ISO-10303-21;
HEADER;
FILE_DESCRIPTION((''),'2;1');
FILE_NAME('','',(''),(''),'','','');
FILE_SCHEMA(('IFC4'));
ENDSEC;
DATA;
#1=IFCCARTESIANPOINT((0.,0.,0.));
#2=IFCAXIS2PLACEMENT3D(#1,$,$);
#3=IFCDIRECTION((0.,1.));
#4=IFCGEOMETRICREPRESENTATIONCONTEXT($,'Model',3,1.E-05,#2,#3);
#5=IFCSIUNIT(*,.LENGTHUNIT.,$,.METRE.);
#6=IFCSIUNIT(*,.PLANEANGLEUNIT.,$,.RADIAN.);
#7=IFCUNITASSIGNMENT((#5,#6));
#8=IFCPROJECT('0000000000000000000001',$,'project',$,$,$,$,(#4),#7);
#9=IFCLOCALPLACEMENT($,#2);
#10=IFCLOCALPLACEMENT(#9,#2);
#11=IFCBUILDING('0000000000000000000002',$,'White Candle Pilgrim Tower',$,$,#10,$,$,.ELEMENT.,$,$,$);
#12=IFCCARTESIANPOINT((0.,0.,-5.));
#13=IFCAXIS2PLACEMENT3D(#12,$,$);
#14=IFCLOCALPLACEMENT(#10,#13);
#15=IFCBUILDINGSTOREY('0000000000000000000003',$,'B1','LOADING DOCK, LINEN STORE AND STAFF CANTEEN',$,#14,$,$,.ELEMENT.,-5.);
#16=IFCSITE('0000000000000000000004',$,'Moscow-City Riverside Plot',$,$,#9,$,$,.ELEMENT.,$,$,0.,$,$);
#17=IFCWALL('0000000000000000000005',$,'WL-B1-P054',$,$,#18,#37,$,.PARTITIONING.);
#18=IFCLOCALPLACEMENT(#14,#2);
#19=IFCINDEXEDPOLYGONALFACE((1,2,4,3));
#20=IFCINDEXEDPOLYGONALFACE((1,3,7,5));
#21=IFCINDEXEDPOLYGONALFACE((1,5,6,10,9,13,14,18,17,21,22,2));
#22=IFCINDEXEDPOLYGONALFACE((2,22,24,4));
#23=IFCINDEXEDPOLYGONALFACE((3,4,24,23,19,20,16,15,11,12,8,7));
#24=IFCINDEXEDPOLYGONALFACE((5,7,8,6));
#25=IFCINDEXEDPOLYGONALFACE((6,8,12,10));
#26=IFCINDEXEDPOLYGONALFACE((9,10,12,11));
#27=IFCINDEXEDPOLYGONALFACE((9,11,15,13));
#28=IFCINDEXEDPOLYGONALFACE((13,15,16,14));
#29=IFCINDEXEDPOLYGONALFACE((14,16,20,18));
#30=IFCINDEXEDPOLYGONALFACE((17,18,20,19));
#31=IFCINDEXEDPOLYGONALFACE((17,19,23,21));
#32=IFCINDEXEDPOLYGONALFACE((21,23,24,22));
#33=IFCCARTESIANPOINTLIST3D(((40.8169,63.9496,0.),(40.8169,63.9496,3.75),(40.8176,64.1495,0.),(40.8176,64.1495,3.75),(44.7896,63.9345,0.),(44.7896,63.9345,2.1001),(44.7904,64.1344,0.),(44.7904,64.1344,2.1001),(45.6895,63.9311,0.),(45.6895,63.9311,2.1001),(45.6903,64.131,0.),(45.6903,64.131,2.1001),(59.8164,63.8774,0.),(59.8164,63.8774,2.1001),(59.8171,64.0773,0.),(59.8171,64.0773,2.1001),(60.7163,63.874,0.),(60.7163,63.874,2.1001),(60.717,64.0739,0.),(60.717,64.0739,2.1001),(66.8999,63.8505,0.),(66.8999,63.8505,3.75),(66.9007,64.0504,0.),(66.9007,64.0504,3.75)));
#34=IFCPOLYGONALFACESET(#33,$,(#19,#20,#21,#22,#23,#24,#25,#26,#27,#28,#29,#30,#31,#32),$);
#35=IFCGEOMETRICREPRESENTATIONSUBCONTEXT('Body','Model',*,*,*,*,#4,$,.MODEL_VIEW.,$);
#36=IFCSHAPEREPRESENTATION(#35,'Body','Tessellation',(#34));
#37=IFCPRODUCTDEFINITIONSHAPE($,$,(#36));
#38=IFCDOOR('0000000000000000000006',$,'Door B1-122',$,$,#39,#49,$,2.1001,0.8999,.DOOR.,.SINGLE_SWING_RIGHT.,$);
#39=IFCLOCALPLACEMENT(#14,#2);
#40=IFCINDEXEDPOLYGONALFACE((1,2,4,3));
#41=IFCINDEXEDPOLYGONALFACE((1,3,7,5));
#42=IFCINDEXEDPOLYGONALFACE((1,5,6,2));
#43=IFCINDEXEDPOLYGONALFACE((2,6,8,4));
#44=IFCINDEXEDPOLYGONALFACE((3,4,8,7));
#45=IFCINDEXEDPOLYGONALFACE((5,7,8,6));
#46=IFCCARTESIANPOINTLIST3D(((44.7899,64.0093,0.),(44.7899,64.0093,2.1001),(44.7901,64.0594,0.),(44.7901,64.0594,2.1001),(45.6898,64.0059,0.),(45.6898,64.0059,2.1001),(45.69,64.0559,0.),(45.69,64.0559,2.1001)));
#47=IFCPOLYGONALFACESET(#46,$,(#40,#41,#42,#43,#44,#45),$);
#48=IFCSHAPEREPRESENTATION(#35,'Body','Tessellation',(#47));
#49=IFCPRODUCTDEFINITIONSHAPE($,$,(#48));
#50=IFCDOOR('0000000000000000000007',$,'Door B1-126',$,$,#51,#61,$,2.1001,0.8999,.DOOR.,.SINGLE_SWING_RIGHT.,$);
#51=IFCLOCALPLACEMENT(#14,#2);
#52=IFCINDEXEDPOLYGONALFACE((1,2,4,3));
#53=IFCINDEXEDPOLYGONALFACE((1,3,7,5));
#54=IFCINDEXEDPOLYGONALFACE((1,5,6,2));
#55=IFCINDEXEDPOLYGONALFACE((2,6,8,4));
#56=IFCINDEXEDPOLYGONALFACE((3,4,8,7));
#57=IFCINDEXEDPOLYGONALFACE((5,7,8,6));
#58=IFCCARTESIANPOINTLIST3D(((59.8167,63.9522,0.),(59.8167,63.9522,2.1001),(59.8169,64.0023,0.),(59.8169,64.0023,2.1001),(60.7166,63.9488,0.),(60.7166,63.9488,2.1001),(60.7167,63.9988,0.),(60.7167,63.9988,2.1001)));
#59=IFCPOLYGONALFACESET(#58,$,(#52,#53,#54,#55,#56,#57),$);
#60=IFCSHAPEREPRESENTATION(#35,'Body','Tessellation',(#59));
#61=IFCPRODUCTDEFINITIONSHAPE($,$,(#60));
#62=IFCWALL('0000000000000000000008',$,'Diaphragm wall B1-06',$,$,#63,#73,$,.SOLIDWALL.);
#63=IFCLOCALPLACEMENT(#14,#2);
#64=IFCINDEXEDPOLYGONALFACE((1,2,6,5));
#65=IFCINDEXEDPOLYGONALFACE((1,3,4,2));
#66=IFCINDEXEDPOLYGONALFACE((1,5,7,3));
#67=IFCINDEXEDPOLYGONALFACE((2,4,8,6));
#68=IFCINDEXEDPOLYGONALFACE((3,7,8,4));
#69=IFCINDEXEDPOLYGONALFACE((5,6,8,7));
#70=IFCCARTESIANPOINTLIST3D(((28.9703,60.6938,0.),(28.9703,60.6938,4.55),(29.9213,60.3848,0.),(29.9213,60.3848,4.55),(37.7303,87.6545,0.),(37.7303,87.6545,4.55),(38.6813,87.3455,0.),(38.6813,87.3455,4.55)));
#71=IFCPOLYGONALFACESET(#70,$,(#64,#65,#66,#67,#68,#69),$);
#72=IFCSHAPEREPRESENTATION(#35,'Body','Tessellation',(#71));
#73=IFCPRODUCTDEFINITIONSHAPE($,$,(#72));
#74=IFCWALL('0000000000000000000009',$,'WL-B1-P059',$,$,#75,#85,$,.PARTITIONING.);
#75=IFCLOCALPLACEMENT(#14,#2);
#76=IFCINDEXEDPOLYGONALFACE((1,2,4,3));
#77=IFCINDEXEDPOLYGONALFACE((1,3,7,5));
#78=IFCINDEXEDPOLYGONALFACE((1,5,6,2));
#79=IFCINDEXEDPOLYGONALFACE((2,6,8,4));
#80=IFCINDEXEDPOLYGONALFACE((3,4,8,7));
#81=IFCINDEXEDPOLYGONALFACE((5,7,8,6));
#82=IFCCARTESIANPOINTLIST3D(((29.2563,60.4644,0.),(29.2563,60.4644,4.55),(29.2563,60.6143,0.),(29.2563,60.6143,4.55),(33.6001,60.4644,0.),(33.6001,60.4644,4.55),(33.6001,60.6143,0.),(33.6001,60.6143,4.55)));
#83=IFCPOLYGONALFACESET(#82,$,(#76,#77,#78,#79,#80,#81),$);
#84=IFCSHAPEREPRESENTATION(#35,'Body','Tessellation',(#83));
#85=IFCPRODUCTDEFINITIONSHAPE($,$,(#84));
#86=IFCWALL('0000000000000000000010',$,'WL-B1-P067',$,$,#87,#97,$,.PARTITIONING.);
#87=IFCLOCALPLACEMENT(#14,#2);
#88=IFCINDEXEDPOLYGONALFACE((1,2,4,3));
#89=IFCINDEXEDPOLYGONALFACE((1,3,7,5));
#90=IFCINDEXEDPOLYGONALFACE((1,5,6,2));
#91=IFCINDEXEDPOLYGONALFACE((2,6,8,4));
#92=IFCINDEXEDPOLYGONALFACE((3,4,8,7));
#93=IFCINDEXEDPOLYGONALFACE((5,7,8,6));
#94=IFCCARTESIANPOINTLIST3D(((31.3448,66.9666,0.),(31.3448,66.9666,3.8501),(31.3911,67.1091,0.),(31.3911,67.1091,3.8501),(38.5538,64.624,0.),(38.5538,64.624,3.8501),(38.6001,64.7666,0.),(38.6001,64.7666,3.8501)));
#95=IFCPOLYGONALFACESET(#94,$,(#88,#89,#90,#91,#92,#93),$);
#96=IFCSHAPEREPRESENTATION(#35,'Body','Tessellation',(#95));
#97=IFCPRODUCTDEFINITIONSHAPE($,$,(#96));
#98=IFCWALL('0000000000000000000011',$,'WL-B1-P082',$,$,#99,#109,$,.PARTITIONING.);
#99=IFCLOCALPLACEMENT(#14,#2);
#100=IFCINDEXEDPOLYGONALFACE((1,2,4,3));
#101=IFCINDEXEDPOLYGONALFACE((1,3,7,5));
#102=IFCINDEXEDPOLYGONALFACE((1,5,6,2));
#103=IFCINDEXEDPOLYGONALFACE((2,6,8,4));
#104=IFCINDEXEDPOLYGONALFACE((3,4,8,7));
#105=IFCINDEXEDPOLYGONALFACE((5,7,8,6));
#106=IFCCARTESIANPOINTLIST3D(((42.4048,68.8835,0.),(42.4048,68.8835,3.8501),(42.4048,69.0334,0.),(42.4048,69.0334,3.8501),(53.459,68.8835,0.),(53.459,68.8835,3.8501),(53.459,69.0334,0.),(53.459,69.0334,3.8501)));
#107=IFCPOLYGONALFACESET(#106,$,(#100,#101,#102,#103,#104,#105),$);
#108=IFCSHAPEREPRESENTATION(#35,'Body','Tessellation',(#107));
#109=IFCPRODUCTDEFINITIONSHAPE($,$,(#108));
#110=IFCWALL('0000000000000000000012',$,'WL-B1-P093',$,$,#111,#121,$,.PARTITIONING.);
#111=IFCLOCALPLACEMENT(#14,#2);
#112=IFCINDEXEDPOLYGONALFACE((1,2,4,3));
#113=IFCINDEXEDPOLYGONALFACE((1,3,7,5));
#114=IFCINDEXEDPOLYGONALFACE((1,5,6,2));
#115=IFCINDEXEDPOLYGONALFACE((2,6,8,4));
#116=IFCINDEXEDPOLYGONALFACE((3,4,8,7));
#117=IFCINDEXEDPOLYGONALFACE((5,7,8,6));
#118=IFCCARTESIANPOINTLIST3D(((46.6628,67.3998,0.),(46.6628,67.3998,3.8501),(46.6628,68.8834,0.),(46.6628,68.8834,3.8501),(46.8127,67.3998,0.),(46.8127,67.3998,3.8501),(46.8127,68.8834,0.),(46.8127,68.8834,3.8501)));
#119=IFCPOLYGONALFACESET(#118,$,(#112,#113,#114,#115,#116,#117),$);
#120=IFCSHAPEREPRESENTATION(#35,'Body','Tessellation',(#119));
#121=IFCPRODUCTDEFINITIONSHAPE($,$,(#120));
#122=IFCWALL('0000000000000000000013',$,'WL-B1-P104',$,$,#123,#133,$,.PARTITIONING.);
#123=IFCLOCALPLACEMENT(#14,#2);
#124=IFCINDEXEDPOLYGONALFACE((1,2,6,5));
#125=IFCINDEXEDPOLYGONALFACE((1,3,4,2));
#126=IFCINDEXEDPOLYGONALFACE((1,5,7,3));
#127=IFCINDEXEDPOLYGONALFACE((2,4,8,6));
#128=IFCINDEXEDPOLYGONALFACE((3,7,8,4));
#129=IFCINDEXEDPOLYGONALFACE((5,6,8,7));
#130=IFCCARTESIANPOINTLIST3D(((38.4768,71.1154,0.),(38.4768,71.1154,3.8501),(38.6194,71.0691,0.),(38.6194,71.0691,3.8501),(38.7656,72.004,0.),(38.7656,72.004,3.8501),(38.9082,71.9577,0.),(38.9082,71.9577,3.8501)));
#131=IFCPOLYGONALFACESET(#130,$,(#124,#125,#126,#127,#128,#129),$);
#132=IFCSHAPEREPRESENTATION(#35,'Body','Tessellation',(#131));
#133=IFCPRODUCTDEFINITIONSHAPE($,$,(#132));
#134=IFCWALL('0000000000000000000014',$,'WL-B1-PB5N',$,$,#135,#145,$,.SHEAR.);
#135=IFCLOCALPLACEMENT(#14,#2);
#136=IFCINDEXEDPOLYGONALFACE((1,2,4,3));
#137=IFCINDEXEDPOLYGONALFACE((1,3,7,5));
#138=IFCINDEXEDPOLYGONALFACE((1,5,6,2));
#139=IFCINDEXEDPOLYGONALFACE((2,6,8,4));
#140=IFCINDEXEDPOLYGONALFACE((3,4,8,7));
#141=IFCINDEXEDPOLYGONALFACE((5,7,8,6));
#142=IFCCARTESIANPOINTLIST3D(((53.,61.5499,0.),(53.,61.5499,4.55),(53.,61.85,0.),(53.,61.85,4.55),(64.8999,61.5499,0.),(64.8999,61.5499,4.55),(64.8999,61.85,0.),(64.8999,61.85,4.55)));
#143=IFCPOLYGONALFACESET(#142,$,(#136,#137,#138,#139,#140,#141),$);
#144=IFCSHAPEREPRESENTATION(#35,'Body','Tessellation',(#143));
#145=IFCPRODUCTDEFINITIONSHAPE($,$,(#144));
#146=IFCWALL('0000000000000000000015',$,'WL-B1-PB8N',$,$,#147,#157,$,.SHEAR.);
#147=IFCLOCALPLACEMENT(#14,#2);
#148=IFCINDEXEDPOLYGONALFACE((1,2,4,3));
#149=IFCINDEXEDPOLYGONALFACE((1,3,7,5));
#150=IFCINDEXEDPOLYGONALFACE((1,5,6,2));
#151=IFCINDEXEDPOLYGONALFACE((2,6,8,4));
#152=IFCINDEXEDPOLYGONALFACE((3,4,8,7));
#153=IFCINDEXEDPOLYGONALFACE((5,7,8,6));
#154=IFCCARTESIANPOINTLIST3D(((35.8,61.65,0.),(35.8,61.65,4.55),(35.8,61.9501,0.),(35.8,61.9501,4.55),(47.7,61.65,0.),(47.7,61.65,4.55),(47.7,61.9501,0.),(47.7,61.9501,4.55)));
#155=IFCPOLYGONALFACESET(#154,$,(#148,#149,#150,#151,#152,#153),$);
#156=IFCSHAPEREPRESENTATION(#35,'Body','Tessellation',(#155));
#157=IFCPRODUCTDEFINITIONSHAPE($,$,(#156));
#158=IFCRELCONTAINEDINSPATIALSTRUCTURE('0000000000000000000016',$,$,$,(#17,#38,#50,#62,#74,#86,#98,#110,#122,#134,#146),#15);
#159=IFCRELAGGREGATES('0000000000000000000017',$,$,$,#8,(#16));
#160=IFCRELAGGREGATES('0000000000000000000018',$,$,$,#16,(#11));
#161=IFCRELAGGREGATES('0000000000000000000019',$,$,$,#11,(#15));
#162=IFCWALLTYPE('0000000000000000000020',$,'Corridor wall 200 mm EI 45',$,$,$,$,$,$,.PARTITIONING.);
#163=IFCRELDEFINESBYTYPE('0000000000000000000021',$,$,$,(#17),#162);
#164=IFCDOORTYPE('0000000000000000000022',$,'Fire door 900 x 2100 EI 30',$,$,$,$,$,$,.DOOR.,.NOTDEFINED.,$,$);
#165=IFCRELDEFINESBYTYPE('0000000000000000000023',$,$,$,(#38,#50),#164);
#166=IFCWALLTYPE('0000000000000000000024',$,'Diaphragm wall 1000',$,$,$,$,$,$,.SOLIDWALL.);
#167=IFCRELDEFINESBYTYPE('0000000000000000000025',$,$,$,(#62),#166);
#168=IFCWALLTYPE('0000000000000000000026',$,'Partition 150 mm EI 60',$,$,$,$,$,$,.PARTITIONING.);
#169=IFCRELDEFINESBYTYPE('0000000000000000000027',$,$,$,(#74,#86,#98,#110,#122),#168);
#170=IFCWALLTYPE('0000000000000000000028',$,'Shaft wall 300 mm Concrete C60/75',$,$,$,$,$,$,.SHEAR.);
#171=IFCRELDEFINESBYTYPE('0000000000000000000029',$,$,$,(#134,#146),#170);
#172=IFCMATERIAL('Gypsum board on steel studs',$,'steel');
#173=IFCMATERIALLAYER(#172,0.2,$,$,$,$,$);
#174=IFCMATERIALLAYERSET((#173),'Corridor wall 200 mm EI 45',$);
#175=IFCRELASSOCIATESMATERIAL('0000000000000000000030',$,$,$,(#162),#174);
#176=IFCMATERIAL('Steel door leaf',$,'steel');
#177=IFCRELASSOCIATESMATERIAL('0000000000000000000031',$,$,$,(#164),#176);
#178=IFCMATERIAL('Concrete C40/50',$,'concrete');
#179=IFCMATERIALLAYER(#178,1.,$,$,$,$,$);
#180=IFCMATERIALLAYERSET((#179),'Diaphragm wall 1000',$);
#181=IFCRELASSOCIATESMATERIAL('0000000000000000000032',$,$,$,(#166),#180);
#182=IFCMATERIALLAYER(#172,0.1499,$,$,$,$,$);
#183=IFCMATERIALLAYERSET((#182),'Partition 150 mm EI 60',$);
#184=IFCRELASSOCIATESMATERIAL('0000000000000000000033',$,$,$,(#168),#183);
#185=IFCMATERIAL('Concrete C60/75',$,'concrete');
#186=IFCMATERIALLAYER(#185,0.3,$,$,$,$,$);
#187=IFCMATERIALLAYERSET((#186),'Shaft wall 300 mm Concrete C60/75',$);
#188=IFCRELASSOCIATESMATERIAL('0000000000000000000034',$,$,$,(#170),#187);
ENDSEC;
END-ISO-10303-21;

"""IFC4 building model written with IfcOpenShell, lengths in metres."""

from ifc_helpers import new_model, si_unit, direction, frame, frame_2d, origin, place, context, subcontext, project, spatial, rectangle, extrude, material, layer, layer_set, type_object, element, fill, save


model = new_model("IFC4")

# Units and contexts
model_context = context("Model", 3, precision=1e-05, world=origin(), true_north=direction((0.0, 1.0)))
body_context = subcontext(model_context, "Body", "Model", "MODEL_VIEW")
ifc_project = project(units=[si_unit("LENGTHUNIT", "METRE"), si_unit("PLANEANGLEUNIT", "RADIAN")], contexts=[model_context])

# Site, building, storey
site_placement = place(None, origin())
site = spatial("IfcSite", under=ifc_project, at=site_placement, Name="Moscow-City Riverside Plot", CompositionType="ELEMENT", RefElevation=0.0)
building_placement = place(site_placement, origin())
building = spatial("IfcBuilding", under=site, at=building_placement, Name="White Candle Pilgrim Tower", CompositionType="ELEMENT")
storey_placement = place(building_placement, frame((0.0, 0.0, -5.0)))
storey = spatial("IfcBuildingStorey", under=building, at=storey_placement, Name="B1", Description="LOADING DOCK, LINEN STORE AND STAFF CANTEEN", CompositionType="ELEMENT", Elevation=-5.0)

# Shared definitions
ifc_material_1 = material(Name="Gypsum board on steel studs", Category="steel")
ifc_layer_1 = layer(ifc_material_1, 0.2)
ifc_layer_set_1 = layer_set([ifc_layer_1], Name="Corridor wall 200 mm EI 45")
wall_type_1 = type_object("IfcWallType", Name="Corridor wall 200 mm EI 45", PredefinedType="PARTITIONING", material=ifc_layer_set_1)
ifc_material_2 = material(Name="Steel door leaf", Category="steel")
door_type = type_object("IfcDoorType", Name="Fire door 900 x 2100 EI 30", OperationType="NOTDEFINED", PredefinedType="DOOR", material=ifc_material_2)

# Wall, openings, doors
wall_1_placement = place(storey_placement, frame((40.8174, 64.0496, 0.0), z_axis=(0.0, 0.0, 1.0), x_axis=(0.999993, -0.0038, 0.0)))
wall_1 = element("IfcWall", 1, at=wall_1_placement, inside=storey, type_object=wall_type_1, Name="WL-B1-P054", PredefinedType="PARTITIONING", context=body_context, shape_type="SweptSolid", body=[
    extrude(rectangle(XDim=26.0833, YDim=0.2, at=frame_2d((13.0415, 0.0))), origin(), (0.0, 0.0, 1.0), 3.75),
])
opening_1_placement = place(wall_1_placement, frame((3.9727, 0.0, 0.0)))
opening_1 = element("IfcOpeningElement", 2, at=opening_1_placement, cuts=wall_1, PredefinedType="OPENING", context=body_context, shape_type="SweptSolid", body=[
    extrude(rectangle(XDim=0.8999, YDim=2.1001, at=frame_2d((0.45, 1.05))), frame((0.0, 0.1099, 0.0), z_axis=(0.0, -1.0, 0.0), x_axis=(1.0, 0.0, 0.0)), (0.0, 0.0, 1.0), 0.22),
])
opening_2_placement = place(wall_1_placement, frame((18.9995, 0.0, 0.0)))
opening_2 = element("IfcOpeningElement", 3, at=opening_2_placement, cuts=wall_1, PredefinedType="OPENING", context=body_context, shape_type="SweptSolid", body=[
    extrude(rectangle(XDim=0.8999, YDim=2.1001, at=frame_2d((0.45, 1.05))), frame((0.0, 0.1099, 0.0), z_axis=(0.0, -1.0, 0.0), x_axis=(1.0, 0.0, 0.0)), (0.0, 0.0, 1.0), 0.22),
])
door_1_placement = place(opening_1_placement, origin())
door_1 = element("IfcDoor", 4, at=door_1_placement, inside=storey, type_object=door_type, Name="Door B1-122", OperationType="SINGLE_SWING_RIGHT", OverallHeight=2.1001, OverallWidth=0.8999, PredefinedType="DOOR", context=body_context, shape_type="SweptSolid", body=[
    extrude(rectangle(XDim=0.8999, YDim=2.1001, at=frame_2d((0.45, 1.05))), frame((0.0, 0.0249, 0.0), z_axis=(0.0, -1.0, 0.0), x_axis=(1.0, 0.0, 0.0)), (0.0, 0.0, 1.0), 0.05),
])
fill(opening_1, door_1)
door_2_placement = place(opening_2_placement, origin())
door_2 = element("IfcDoor", 5, at=door_2_placement, inside=storey, type_object=door_type, Name="Door B1-126", OperationType="SINGLE_SWING_RIGHT", OverallHeight=2.1001, OverallWidth=0.8999, PredefinedType="DOOR", context=body_context, shape_type="SweptSolid", body=[
    extrude(rectangle(XDim=0.8999, YDim=2.1001, at=frame_2d((0.45, 1.05))), frame((0.0, 0.0249, 0.0), z_axis=(0.0, -1.0, 0.0), x_axis=(1.0, 0.0, 0.0)), (0.0, 0.0, 1.0), 0.05),
])
fill(opening_2, door_2)

# Walls
ifc_material_3 = material(Name="Concrete C40/50", Category="concrete")
ifc_layer_2 = layer(ifc_material_3, 1.0)
ifc_layer_set_2 = layer_set([ifc_layer_2], Name="Diaphragm wall 1000")
wall_type_2 = type_object("IfcWallType", Name="Diaphragm wall 1000", PredefinedType="SOLIDWALL", material=ifc_layer_set_2)
wall_2_placement = place(storey_placement, frame((29.4458, 60.5393, 0.0), z_axis=(0.0, 0.0, 1.0), x_axis=(0.309015, 0.951057, 0.0)))
element("IfcWall", 6, at=wall_2_placement, inside=storey, type_object=wall_type_2, Name="Diaphragm wall B1-06", PredefinedType="SOLIDWALL", context=body_context, shape_type="SweptSolid", body=[
    extrude(rectangle(XDim=28.3481, YDim=1.0, at=frame_2d((14.1741, 0.0))), origin(), (0.0, 0.0, 1.0), 4.55),
])
ifc_layer_3 = layer(ifc_material_1, 0.1499)
ifc_layer_set_3 = layer_set([ifc_layer_3], Name="Partition 150 mm EI 60")
wall_type_3 = type_object("IfcWallType", Name="Partition 150 mm EI 60", PredefinedType="PARTITIONING", material=ifc_layer_set_3)
wall_3_placement = place(storey_placement, frame((29.2563, 60.5393, 0.0), z_axis=(0.0, 0.0, 1.0), x_axis=(1.0, 0.0, 0.0)))
element("IfcWall", 7, at=wall_3_placement, inside=storey, type_object=wall_type_3, Name="WL-B1-P059", PredefinedType="PARTITIONING", context=body_context, shape_type="SweptSolid", body=[
    extrude(rectangle(XDim=4.3438, YDim=0.1499, at=frame_2d((2.1719, 0.0))), origin(), (0.0, 0.0, 1.0), 4.55),
])
wall_4_placement = place(storey_placement, frame((31.3679, 67.0378, 0.0), z_axis=(0.0, 0.0, 1.0), x_axis=(0.951049, -0.309039, 0.0)))
element("IfcWall", 8, at=wall_4_placement, inside=storey, type_object=wall_type_3, Name="WL-B1-P067", PredefinedType="PARTITIONING", context=body_context, shape_type="SweptSolid", body=[
    extrude(rectangle(XDim=7.5801, YDim=0.1499, at=frame_2d((3.79, 0.0))), origin(), (0.0, 0.0, 1.0), 3.8501),
])
wall_5_placement = place(storey_placement, frame((42.4048, 68.9585, 0.0), z_axis=(0.0, 0.0, 1.0), x_axis=(1.0, 0.0, 0.0)))
element("IfcWall", 9, at=wall_5_placement, inside=storey, type_object=wall_type_3, Name="WL-B1-P082", PredefinedType="PARTITIONING", context=body_context, shape_type="SweptSolid", body=[
    extrude(rectangle(XDim=11.0542, YDim=0.1499, at=frame_2d((5.5271, 0.0))), origin(), (0.0, 0.0, 1.0), 3.8501),
])
wall_6_placement = place(storey_placement, frame((46.7378, 67.3999, 0.0), z_axis=(0.0, 0.0, 1.0), x_axis=(0.0, 1.0, 0.0)))
element("IfcWall", 10, at=wall_6_placement, inside=storey, type_object=wall_type_3, Name="WL-B1-P093", PredefinedType="PARTITIONING", context=body_context, shape_type="SweptSolid", body=[
    extrude(rectangle(XDim=1.4836, YDim=0.1499, at=frame_2d((0.7417, 0.0))), origin(), (0.0, 0.0, 1.0), 3.8501),
])
wall_7_placement = place(storey_placement, frame((38.8369, 71.981, 0.0), z_axis=(0.0, 0.0, 1.0), x_axis=(-0.309086, -0.951034, 0.0)))
element("IfcWall", 11, at=wall_7_placement, inside=storey, type_object=wall_type_3, Name="WL-B1-P104", PredefinedType="PARTITIONING", context=body_context, shape_type="SweptSolid", body=[
    extrude(rectangle(XDim=0.9343, YDim=0.1499, at=frame_2d((0.4673, 0.0))), origin(), (0.0, 0.0, 1.0), 3.8501),
])
ifc_material_4 = material(Name="Concrete C60/75", Category="concrete")
ifc_layer_4 = layer(ifc_material_4, 0.3)
ifc_layer_set_4 = layer_set([ifc_layer_4], Name="Shaft wall 300 mm Concrete C60/75")
wall_type_4 = type_object("IfcWallType", Name="Shaft wall 300 mm Concrete C60/75", PredefinedType="SHEAR", material=ifc_layer_set_4)
for number, where, z_axis, x_axis, name in (
    (12, (53.0, 61.7, 0.0), (0.0, 0.0, 1.0), (1.0, 0.0, 0.0), "WL-B1-PB5N"),
    (13, (35.8, 61.8, 0.0), (0.0, 0.0, 1.0), (1.0, 0.0, 0.0), "WL-B1-PB8N"),
):
    element("IfcWall", number, at=place(storey_placement, frame(where, z_axis=z_axis, x_axis=x_axis)), inside=storey, type_object=wall_type_4, Name=name, PredefinedType="SHEAR", context=body_context, shape_type="SweptSolid", body=[
        extrude(rectangle(XDim=11.8999, YDim=0.3, at=frame_2d((5.95, 0.0))), origin(), (0.0, 0.0, 1.0), 4.55),
    ])

save(model, "model.ifc")
